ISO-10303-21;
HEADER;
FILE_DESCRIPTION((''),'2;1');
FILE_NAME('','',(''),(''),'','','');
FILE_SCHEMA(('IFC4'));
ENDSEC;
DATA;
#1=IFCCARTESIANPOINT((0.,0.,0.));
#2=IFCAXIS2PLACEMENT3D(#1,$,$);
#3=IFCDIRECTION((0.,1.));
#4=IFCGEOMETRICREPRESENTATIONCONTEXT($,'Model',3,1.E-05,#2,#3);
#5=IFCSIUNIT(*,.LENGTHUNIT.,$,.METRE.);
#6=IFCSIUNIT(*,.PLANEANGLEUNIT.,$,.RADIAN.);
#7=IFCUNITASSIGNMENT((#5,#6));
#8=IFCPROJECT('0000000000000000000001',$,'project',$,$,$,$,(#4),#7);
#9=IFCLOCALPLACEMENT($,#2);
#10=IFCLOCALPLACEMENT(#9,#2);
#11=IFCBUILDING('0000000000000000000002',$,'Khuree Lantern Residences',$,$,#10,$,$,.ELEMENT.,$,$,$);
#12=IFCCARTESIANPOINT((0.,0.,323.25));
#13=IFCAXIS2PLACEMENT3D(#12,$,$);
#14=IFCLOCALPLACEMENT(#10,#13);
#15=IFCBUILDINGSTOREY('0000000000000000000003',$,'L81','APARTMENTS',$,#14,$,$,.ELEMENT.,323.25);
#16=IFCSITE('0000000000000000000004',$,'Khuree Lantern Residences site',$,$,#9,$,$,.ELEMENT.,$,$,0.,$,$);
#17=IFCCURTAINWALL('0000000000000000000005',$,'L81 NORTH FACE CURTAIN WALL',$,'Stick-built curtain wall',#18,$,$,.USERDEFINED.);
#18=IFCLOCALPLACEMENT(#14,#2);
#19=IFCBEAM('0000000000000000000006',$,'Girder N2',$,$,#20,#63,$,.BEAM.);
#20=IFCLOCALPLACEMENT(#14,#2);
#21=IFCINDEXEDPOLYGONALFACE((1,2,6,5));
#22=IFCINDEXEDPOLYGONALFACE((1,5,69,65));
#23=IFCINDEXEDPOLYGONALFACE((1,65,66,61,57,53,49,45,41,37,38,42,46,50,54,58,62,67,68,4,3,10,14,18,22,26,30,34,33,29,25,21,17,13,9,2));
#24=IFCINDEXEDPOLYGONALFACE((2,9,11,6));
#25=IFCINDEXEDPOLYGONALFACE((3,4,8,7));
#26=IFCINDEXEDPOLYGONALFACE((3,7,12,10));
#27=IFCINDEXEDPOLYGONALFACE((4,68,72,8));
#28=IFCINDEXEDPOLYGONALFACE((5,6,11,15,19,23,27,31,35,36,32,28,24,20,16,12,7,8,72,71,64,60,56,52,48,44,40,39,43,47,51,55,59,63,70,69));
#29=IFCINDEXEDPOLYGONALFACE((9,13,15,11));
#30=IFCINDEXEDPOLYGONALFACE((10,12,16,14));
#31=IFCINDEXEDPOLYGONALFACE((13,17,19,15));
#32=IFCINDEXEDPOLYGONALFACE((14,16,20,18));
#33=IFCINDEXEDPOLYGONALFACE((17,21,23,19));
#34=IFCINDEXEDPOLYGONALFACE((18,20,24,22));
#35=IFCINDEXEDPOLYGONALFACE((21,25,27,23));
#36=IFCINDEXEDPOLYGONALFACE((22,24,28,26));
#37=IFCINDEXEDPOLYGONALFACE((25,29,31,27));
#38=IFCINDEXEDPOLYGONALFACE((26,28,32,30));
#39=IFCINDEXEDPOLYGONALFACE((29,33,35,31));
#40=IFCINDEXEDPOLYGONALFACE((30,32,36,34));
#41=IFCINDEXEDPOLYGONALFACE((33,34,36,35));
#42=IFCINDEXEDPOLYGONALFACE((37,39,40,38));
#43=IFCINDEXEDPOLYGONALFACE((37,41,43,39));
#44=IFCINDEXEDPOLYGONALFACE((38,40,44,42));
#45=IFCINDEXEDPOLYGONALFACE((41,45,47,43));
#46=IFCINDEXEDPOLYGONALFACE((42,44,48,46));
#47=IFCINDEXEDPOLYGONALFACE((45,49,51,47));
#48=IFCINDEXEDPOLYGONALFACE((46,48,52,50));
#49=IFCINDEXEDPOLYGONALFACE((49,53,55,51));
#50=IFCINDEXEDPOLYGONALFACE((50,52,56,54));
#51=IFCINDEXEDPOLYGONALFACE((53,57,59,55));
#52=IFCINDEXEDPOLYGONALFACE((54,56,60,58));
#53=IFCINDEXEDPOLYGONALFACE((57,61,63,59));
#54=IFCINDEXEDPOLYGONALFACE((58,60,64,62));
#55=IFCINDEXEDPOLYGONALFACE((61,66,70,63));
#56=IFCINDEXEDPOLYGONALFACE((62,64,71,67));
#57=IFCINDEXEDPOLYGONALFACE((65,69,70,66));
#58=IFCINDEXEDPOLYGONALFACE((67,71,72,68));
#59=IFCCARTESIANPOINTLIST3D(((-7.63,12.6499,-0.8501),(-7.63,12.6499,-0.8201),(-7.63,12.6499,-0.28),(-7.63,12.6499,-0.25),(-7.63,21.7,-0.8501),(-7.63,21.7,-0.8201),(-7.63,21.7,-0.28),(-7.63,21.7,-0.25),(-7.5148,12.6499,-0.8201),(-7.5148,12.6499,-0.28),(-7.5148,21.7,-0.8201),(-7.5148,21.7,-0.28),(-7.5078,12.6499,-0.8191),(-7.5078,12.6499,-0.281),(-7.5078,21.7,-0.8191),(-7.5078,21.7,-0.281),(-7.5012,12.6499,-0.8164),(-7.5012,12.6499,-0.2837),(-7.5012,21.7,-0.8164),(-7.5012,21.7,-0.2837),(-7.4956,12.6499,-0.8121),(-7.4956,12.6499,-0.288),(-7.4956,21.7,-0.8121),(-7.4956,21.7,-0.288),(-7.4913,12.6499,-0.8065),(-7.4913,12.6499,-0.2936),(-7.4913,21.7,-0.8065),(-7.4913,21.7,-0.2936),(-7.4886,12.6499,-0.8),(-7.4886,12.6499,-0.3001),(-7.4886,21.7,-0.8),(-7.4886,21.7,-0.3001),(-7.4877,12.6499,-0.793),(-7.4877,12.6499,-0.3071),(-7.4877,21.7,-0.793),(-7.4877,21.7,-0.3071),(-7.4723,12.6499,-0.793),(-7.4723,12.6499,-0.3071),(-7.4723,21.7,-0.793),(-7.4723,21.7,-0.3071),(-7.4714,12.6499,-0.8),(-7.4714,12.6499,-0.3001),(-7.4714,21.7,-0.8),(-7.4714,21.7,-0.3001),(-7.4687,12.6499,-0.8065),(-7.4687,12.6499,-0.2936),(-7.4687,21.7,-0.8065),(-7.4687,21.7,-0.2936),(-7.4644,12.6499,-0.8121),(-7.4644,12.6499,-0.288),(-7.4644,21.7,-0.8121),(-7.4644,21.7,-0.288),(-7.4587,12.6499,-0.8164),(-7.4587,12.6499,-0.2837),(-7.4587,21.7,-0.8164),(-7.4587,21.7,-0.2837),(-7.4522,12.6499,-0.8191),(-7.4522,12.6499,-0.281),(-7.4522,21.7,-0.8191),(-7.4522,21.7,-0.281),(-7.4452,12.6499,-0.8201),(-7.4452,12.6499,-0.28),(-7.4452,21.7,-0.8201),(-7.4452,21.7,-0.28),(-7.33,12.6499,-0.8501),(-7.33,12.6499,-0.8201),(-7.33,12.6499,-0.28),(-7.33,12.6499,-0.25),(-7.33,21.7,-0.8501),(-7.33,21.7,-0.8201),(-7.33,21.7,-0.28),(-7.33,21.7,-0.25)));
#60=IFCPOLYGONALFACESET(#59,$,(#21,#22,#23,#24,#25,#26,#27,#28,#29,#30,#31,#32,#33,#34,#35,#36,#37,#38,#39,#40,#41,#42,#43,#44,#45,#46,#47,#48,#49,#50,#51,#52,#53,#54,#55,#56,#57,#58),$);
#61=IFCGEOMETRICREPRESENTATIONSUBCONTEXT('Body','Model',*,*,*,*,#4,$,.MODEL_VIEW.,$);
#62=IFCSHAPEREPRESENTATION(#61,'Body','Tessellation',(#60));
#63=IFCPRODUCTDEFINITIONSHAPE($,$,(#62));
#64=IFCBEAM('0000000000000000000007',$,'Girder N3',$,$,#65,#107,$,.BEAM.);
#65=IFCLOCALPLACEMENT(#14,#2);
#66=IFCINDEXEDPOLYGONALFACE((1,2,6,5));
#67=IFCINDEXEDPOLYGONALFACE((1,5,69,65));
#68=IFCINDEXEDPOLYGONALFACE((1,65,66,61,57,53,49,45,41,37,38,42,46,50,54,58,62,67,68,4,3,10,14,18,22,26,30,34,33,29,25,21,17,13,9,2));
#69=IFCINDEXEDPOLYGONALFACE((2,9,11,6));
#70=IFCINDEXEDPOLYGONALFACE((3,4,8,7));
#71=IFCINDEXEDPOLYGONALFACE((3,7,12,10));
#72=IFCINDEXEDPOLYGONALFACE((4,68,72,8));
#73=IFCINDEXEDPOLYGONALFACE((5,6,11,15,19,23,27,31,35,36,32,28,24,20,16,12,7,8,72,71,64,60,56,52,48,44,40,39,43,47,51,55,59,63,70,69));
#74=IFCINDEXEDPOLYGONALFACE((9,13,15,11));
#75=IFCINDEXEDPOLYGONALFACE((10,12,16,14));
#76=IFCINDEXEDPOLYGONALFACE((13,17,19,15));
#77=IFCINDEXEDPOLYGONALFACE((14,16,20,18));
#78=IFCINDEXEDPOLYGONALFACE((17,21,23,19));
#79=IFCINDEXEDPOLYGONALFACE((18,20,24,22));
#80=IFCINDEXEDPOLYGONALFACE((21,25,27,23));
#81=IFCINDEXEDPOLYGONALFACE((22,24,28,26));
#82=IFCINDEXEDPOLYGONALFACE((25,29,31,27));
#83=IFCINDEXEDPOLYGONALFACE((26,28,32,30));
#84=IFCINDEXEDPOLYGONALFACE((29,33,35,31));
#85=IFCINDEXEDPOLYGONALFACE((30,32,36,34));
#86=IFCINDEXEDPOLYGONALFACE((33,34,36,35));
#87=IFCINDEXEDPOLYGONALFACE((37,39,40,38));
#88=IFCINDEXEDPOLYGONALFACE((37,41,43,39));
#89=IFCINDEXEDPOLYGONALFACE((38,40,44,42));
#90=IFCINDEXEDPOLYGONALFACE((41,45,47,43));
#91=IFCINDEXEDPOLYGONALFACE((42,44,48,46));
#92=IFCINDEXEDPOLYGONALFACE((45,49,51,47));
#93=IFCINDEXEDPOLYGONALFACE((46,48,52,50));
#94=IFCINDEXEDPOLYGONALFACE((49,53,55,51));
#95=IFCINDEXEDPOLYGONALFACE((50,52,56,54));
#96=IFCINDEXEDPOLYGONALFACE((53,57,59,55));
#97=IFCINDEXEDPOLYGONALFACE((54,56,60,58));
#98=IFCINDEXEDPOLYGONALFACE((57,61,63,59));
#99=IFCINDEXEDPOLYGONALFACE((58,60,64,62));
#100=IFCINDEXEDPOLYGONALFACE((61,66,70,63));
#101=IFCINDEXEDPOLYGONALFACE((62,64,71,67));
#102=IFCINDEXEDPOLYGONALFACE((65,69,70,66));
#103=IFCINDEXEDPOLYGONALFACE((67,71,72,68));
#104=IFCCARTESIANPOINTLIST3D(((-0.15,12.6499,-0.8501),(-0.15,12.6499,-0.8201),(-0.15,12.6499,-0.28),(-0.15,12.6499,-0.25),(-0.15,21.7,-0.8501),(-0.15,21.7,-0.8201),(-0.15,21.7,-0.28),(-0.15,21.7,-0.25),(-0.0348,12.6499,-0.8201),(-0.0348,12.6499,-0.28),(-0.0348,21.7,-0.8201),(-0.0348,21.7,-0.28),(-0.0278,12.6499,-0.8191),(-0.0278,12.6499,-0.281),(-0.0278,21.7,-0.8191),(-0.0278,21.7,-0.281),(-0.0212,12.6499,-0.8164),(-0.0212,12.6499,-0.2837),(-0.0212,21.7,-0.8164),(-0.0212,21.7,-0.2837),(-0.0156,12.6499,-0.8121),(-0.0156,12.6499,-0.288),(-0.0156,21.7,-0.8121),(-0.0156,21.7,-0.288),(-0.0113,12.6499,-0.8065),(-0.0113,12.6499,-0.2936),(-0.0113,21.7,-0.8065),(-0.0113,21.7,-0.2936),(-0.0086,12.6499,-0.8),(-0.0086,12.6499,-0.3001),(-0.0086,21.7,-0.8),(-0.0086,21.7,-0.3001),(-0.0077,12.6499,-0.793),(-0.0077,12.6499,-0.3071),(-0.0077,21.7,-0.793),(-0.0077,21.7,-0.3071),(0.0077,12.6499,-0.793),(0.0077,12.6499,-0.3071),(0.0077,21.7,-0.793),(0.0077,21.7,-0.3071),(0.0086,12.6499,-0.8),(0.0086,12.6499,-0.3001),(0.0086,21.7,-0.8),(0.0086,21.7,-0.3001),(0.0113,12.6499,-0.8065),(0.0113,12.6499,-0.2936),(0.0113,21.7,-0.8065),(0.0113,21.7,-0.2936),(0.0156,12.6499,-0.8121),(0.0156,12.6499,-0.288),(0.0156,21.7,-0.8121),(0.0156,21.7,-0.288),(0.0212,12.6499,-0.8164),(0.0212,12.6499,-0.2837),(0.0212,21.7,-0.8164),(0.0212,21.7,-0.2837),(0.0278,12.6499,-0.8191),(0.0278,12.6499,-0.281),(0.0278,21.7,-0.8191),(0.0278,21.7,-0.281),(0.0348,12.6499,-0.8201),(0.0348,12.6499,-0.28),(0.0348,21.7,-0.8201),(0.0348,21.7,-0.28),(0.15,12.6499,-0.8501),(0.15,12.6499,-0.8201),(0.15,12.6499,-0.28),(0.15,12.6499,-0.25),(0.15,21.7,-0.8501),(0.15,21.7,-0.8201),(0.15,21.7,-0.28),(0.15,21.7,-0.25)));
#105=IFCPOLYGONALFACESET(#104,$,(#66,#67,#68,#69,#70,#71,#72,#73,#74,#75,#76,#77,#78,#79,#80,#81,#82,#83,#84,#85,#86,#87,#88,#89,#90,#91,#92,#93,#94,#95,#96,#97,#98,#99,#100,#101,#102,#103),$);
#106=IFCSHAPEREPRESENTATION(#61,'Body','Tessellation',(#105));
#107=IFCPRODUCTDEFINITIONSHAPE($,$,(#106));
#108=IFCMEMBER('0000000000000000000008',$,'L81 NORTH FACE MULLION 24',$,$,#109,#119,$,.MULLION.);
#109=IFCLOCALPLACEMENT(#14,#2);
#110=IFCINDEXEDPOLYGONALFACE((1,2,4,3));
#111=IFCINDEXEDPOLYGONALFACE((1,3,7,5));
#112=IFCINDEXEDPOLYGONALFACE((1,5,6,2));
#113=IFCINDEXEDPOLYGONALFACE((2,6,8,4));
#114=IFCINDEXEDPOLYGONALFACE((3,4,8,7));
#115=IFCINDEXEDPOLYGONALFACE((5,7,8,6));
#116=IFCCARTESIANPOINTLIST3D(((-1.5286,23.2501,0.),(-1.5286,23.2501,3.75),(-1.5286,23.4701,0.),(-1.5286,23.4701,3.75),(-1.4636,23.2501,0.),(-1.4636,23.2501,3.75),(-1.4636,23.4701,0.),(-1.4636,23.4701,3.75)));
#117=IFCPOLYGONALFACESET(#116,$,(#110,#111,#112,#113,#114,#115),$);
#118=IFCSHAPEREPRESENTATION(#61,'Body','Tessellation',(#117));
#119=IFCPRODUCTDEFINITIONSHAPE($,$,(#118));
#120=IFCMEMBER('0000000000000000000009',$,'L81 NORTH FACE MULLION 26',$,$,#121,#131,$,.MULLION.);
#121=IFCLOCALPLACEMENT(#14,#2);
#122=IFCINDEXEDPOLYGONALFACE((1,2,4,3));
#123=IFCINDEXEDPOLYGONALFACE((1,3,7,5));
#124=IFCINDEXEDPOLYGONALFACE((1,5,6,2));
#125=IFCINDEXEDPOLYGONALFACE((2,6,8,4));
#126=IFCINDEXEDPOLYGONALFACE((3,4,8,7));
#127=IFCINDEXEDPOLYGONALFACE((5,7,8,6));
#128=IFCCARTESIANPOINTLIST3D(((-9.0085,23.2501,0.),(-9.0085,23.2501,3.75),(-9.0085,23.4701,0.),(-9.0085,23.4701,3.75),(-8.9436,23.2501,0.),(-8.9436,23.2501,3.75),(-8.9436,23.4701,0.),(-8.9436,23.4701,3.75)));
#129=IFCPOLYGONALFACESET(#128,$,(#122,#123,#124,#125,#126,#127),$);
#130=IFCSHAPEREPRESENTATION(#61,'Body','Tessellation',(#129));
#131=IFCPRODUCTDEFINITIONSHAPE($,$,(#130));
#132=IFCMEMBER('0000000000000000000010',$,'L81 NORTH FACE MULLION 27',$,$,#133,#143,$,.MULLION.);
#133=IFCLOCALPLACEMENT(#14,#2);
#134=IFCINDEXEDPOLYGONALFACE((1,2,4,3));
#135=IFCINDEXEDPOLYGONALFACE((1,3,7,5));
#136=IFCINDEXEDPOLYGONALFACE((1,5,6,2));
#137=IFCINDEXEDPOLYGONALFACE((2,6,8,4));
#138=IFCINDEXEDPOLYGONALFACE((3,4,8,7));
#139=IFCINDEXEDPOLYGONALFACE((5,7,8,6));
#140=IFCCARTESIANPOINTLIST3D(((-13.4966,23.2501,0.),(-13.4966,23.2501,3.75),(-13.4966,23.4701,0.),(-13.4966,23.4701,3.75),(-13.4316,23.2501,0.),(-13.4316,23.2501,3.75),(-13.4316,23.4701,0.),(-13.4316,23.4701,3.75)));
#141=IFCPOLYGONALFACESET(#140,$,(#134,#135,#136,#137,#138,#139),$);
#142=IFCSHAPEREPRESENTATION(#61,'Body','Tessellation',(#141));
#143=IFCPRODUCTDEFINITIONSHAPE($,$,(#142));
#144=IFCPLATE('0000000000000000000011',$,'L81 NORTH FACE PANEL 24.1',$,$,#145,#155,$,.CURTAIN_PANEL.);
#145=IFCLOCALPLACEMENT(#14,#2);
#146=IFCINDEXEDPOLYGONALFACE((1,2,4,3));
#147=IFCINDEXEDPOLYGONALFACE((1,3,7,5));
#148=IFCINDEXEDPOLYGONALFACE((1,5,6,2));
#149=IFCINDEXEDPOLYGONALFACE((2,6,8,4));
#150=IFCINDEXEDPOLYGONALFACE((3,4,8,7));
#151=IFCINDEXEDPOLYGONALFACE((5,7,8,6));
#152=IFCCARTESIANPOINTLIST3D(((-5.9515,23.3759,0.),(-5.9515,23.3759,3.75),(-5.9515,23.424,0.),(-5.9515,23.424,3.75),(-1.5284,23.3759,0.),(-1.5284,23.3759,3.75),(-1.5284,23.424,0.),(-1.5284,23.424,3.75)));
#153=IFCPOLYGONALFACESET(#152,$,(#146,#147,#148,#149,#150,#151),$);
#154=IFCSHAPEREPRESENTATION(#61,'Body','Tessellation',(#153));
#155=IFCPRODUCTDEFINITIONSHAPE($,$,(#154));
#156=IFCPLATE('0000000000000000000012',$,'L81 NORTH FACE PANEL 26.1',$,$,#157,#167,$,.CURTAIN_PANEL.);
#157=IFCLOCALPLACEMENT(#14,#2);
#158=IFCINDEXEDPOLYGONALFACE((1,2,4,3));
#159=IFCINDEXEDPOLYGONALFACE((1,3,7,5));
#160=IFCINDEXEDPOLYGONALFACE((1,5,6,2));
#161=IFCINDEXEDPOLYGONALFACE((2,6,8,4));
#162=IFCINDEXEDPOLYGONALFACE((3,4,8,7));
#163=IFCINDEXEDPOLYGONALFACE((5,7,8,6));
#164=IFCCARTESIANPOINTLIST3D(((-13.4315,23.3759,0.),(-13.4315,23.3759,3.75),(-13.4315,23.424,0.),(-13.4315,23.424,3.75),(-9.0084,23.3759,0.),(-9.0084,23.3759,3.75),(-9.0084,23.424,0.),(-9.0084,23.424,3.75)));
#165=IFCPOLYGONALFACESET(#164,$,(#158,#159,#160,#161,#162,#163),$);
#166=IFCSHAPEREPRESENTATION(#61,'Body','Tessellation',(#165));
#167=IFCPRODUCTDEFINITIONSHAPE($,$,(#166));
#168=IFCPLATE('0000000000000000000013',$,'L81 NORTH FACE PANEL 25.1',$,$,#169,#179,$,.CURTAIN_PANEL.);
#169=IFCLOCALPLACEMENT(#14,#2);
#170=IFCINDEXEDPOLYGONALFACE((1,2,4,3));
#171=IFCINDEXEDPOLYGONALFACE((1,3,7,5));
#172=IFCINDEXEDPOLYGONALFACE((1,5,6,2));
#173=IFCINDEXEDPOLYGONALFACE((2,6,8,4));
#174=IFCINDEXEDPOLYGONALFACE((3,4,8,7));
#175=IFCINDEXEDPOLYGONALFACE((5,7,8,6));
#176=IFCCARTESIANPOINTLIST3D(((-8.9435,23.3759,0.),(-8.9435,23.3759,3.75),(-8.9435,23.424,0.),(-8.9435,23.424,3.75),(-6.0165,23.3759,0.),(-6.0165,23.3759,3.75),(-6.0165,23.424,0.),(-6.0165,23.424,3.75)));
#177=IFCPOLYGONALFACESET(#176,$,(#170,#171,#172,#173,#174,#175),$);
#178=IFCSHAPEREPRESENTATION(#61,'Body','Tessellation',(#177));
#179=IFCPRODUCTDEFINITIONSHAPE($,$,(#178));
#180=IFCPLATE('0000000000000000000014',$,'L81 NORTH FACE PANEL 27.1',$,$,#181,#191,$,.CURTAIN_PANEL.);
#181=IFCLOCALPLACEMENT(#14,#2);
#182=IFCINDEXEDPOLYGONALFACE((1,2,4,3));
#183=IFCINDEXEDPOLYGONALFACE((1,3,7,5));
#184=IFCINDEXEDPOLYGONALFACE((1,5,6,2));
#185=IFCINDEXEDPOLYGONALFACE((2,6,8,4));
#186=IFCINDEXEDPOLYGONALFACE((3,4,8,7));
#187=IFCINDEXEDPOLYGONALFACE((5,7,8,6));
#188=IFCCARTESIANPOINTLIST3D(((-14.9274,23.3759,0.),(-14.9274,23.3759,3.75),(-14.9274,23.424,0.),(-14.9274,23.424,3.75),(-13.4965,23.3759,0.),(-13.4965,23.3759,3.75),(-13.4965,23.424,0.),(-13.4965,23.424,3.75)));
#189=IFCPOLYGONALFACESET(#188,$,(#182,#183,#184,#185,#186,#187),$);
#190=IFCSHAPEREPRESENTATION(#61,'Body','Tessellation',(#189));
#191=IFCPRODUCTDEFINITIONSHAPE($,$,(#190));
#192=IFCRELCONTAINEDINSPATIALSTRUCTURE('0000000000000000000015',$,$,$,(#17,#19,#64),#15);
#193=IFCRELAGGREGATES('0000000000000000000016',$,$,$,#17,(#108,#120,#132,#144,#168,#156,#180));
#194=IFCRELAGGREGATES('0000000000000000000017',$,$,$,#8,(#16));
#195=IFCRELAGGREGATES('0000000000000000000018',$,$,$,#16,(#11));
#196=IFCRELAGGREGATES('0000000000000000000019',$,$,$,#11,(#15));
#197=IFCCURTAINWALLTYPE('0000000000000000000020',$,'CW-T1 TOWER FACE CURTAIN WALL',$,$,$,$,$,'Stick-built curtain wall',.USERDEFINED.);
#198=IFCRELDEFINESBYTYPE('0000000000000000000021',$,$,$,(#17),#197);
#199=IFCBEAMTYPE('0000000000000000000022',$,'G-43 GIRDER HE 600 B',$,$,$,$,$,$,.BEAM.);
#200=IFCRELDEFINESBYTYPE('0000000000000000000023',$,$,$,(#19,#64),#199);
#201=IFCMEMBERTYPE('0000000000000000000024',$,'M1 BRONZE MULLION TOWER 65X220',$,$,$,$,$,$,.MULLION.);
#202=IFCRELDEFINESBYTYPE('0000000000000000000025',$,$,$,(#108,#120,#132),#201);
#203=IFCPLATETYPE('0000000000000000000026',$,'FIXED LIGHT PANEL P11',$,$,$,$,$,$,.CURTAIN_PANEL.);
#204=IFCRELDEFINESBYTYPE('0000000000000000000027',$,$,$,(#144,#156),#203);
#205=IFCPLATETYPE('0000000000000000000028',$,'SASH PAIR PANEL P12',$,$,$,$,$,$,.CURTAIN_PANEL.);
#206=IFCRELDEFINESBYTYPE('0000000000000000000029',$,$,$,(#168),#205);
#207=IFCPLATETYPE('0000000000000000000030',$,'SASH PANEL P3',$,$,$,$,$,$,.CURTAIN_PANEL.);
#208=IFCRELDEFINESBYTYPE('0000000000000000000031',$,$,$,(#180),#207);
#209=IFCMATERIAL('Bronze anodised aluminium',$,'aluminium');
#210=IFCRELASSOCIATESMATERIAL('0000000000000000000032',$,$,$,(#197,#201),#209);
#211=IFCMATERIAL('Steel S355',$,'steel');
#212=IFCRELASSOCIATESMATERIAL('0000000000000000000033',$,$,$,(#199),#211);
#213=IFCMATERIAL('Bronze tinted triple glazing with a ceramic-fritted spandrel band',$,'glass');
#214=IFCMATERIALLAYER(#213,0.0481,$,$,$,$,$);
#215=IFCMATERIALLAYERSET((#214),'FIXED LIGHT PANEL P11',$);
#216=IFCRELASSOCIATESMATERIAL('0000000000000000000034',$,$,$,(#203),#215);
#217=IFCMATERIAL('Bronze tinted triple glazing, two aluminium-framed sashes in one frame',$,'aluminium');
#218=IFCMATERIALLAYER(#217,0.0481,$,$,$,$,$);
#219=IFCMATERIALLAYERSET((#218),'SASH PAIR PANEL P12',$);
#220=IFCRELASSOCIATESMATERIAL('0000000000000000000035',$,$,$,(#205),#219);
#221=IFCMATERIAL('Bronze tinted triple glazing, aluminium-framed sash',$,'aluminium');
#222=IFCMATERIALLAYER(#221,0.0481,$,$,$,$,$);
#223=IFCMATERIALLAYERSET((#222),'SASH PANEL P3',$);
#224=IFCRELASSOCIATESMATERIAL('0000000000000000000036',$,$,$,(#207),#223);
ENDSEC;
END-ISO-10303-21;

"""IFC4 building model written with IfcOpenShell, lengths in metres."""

from ifc_helpers import new_model, si_unit, direction, frame, origin, origin_2d, place, context, subcontext, project, spatial, rectangle, i_section, extrude, material, layer, layer_set, material_profile, profile_set, type_object, element, aggregate, save


model = new_model("IFC4")

# Units and contexts
model_context = context("Model", 3, precision=1e-05, world=origin(), true_north=direction((0.0, 1.0)))
body_context = subcontext(model_context, "Body", "Model", "MODEL_VIEW")
ifc_project = project(units=[si_unit("LENGTHUNIT", "METRE"), si_unit("PLANEANGLEUNIT", "RADIAN")], contexts=[model_context])

# Site, building, storey
site_placement = place(None, origin())
site = spatial("IfcSite", under=ifc_project, at=site_placement, Name="Khuree Lantern Residences site", CompositionType="ELEMENT", RefElevation=0.0)
building_placement = place(site_placement, origin())
building = spatial("IfcBuilding", under=site, at=building_placement, Name="Khuree Lantern Residences", CompositionType="ELEMENT")
storey_placement = place(building_placement, frame((0.0, 0.0, 323.25)))
storey = spatial("IfcBuildingStorey", under=building, at=storey_placement, Name="L81", Description="APARTMENTS", CompositionType="ELEMENT", Elevation=323.25)

# Shared definitions
ifc_material_1 = material(Name="Steel S355", Category="steel")

# Curtain wall
ifc_material_2 = material(Name="Bronze anodised aluminium", Category="aluminium")
curtain_wall_type = type_object("IfcCurtainWallType", Name="CW-T1 TOWER FACE CURTAIN WALL", ElementType="Stick-built curtain wall", PredefinedType="USERDEFINED", material=ifc_material_2)
curtain_wall_placement = place(storey_placement, origin())
curtain_wall = element("IfcCurtainWall", 1, at=curtain_wall_placement, inside=storey, type_object=curtain_wall_type, Name="L81 NORTH FACE CURTAIN WALL", ObjectType="Stick-built curtain wall", PredefinedType="USERDEFINED")

# Beams
ifc_material_profile_1 = material_profile(ifc_material_1, i_section(OverallWidth=0.3, OverallDepth=0.6001, WebThickness=0.0154, FlangeThickness=0.03, FilletRadius=0.0271, at=origin_2d()), Name="HE 600 B")
ifc_profile_set_1 = profile_set([ifc_material_profile_1], Name="Steel S355")
beam_type_1 = type_object("IfcBeamType", Name="G-43 GIRDER HE 600 B", PredefinedType="BEAM", material=ifc_profile_set_1)
for number, where, z_axis, x_axis, name in (
    (2, (-7.48, 21.7, -0.55), (0.0, -1.0, 0.0), (1.0, 0.0, 0.0), "Girder N2"),
    (3, (0.0, 21.7, -0.55), (0.0, -1.0, 0.0), (1.0, 0.0, 0.0), "Girder N3"),
):
    element("IfcBeam", number, at=place(storey_placement, frame(where, z_axis=z_axis, x_axis=x_axis)), inside=storey, type_object=beam_type_1, Name=name, PredefinedType="BEAM", context=body_context, shape_type="SweptSolid", body=[
        extrude(i_section(OverallWidth=0.3, OverallDepth=0.6001, WebThickness=0.0154, FlangeThickness=0.03, FilletRadius=0.0271, at=origin_2d()), origin(), (0.0, 0.0, 1.0), 9.05),
    ])

# Members
ifc_material_profile_2 = material_profile(ifc_material_2, rectangle(XDim=0.0649, YDim=0.22, at=origin_2d()), Name="M1 65X220")
ifc_profile_set_2 = profile_set([ifc_material_profile_2], Name="Bronze anodised aluminium")
member_type_1 = type_object("IfcMemberType", Name="M1 BRONZE MULLION TOWER 65X220", PredefinedType="MULLION", material=ifc_profile_set_2)
member_1_placement = place(storey_placement, frame((-1.4961, 23.3601, 0.0), z_axis=(0.0, 0.0, 1.0), x_axis=(-1.0, 0.0, 0.0)))
member_1 = element("IfcMember", 4, at=member_1_placement, type_object=member_type_1, Name="L81 NORTH FACE MULLION 24", PredefinedType="MULLION", context=body_context, shape_type="SweptSolid", body=[
    extrude(rectangle(XDim=0.0649, YDim=0.22, at=origin_2d()), origin(), (0.0, 0.0, 1.0), 3.75),
])
member_2_placement = place(storey_placement, frame((-8.9761, 23.3601, 0.0), z_axis=(0.0, 0.0, 1.0), x_axis=(-1.0, 0.0, 0.0)))
member_2 = element("IfcMember", 5, at=member_2_placement, type_object=member_type_1, Name="L81 NORTH FACE MULLION 26", PredefinedType="MULLION", context=body_context, shape_type="SweptSolid", body=[
    extrude(rectangle(XDim=0.0649, YDim=0.22, at=origin_2d()), origin(), (0.0, 0.0, 1.0), 3.75),
])
member_3_placement = place(storey_placement, frame((-13.4641, 23.3601, 0.0), z_axis=(0.0, 0.0, 1.0), x_axis=(-1.0, 0.0, 0.0)))
member_3 = element("IfcMember", 6, at=member_3_placement, type_object=member_type_1, Name="L81 NORTH FACE MULLION 27", PredefinedType="MULLION", context=body_context, shape_type="SweptSolid", body=[
    extrude(rectangle(XDim=0.0649, YDim=0.22, at=origin_2d()), origin(), (0.0, 0.0, 1.0), 3.75),
])

# Plates
ifc_material_3 = material(Name="Bronze tinted triple glazing with a ceramic-fritted spandrel band", Category="glass")
ifc_layer_1 = layer(ifc_material_3, 0.0481)
ifc_layer_set_1 = layer_set([ifc_layer_1], Name="FIXED LIGHT PANEL P11")
plate_type_1 = type_object("IfcPlateType", Name="FIXED LIGHT PANEL P11", PredefinedType="CURTAIN_PANEL", material=ifc_layer_set_1)
plate_1_placement = place(storey_placement, frame((-3.74, 23.3999, 0.0), z_axis=(0.0, 0.0, 1.0), x_axis=(-1.0, 0.0, 0.0)))
plate_1 = element("IfcPlate", 7, at=plate_1_placement, type_object=plate_type_1, Name="L81 NORTH FACE PANEL 24.1", PredefinedType="CURTAIN_PANEL", context=body_context, shape_type="SweptSolid", body=[
    extrude(rectangle(XDim=4.4231, YDim=0.0481, at=origin_2d()), origin(), (0.0, 0.0, 1.0), 3.75),
])
plate_2_placement = place(storey_placement, frame((-11.22, 23.3999, 0.0), z_axis=(0.0, 0.0, 1.0), x_axis=(-1.0, 0.0, 0.0)))
plate_2 = element("IfcPlate", 8, at=plate_2_placement, type_object=plate_type_1, Name="L81 NORTH FACE PANEL 26.1", PredefinedType="CURTAIN_PANEL", context=body_context, shape_type="SweptSolid", body=[
    extrude(rectangle(XDim=4.4231, YDim=0.0481, at=origin_2d()), origin(), (0.0, 0.0, 1.0), 3.75),
])
ifc_material_4 = material(Name="Bronze tinted triple glazing, two aluminium-framed sashes in one frame", Category="aluminium")
ifc_layer_2 = layer(ifc_material_4, 0.0481)
ifc_layer_set_2 = layer_set([ifc_layer_2], Name="SASH PAIR PANEL P12")
plate_type_2 = type_object("IfcPlateType", Name="SASH PAIR PANEL P12", PredefinedType="CURTAIN_PANEL", material=ifc_layer_set_2)
plate_3_placement = place(storey_placement, frame((-7.48, 23.3999, 0.0), z_axis=(0.0, 0.0, 1.0), x_axis=(-1.0, 0.0, 0.0)))
plate_3 = element("IfcPlate", 9, at=plate_3_placement, type_object=plate_type_2, Name="L81 NORTH FACE PANEL 25.1", PredefinedType="CURTAIN_PANEL", context=body_context, shape_type="SweptSolid", body=[
    extrude(rectangle(XDim=2.927, YDim=0.0481, at=origin_2d()), origin(), (0.0, 0.0, 1.0), 3.75),
])
ifc_material_5 = material(Name="Bronze tinted triple glazing, aluminium-framed sash", Category="aluminium")
ifc_layer_3 = layer(ifc_material_5, 0.0481)
ifc_layer_set_3 = layer_set([ifc_layer_3], Name="SASH PANEL P3")
plate_type_3 = type_object("IfcPlateType", Name="SASH PANEL P3", PredefinedType="CURTAIN_PANEL", material=ifc_layer_set_3)
plate_4_placement = place(storey_placement, frame((-14.2119, 23.3999, 0.0), z_axis=(0.0, 0.0, 1.0), x_axis=(-1.0, 0.0, 0.0)))
plate_4 = element("IfcPlate", 10, at=plate_4_placement, type_object=plate_type_3, Name="L81 NORTH FACE PANEL 27.1", PredefinedType="CURTAIN_PANEL", context=body_context, shape_type="SweptSolid", body=[
    extrude(rectangle(XDim=1.4309, YDim=0.0481, at=origin_2d()), origin(), (0.0, 0.0, 1.0), 3.75),
])
aggregate(curtain_wall, [member_1, member_2, member_3, plate_1, plate_3, plate_2, plate_4])

save(model, "model.ifc")
